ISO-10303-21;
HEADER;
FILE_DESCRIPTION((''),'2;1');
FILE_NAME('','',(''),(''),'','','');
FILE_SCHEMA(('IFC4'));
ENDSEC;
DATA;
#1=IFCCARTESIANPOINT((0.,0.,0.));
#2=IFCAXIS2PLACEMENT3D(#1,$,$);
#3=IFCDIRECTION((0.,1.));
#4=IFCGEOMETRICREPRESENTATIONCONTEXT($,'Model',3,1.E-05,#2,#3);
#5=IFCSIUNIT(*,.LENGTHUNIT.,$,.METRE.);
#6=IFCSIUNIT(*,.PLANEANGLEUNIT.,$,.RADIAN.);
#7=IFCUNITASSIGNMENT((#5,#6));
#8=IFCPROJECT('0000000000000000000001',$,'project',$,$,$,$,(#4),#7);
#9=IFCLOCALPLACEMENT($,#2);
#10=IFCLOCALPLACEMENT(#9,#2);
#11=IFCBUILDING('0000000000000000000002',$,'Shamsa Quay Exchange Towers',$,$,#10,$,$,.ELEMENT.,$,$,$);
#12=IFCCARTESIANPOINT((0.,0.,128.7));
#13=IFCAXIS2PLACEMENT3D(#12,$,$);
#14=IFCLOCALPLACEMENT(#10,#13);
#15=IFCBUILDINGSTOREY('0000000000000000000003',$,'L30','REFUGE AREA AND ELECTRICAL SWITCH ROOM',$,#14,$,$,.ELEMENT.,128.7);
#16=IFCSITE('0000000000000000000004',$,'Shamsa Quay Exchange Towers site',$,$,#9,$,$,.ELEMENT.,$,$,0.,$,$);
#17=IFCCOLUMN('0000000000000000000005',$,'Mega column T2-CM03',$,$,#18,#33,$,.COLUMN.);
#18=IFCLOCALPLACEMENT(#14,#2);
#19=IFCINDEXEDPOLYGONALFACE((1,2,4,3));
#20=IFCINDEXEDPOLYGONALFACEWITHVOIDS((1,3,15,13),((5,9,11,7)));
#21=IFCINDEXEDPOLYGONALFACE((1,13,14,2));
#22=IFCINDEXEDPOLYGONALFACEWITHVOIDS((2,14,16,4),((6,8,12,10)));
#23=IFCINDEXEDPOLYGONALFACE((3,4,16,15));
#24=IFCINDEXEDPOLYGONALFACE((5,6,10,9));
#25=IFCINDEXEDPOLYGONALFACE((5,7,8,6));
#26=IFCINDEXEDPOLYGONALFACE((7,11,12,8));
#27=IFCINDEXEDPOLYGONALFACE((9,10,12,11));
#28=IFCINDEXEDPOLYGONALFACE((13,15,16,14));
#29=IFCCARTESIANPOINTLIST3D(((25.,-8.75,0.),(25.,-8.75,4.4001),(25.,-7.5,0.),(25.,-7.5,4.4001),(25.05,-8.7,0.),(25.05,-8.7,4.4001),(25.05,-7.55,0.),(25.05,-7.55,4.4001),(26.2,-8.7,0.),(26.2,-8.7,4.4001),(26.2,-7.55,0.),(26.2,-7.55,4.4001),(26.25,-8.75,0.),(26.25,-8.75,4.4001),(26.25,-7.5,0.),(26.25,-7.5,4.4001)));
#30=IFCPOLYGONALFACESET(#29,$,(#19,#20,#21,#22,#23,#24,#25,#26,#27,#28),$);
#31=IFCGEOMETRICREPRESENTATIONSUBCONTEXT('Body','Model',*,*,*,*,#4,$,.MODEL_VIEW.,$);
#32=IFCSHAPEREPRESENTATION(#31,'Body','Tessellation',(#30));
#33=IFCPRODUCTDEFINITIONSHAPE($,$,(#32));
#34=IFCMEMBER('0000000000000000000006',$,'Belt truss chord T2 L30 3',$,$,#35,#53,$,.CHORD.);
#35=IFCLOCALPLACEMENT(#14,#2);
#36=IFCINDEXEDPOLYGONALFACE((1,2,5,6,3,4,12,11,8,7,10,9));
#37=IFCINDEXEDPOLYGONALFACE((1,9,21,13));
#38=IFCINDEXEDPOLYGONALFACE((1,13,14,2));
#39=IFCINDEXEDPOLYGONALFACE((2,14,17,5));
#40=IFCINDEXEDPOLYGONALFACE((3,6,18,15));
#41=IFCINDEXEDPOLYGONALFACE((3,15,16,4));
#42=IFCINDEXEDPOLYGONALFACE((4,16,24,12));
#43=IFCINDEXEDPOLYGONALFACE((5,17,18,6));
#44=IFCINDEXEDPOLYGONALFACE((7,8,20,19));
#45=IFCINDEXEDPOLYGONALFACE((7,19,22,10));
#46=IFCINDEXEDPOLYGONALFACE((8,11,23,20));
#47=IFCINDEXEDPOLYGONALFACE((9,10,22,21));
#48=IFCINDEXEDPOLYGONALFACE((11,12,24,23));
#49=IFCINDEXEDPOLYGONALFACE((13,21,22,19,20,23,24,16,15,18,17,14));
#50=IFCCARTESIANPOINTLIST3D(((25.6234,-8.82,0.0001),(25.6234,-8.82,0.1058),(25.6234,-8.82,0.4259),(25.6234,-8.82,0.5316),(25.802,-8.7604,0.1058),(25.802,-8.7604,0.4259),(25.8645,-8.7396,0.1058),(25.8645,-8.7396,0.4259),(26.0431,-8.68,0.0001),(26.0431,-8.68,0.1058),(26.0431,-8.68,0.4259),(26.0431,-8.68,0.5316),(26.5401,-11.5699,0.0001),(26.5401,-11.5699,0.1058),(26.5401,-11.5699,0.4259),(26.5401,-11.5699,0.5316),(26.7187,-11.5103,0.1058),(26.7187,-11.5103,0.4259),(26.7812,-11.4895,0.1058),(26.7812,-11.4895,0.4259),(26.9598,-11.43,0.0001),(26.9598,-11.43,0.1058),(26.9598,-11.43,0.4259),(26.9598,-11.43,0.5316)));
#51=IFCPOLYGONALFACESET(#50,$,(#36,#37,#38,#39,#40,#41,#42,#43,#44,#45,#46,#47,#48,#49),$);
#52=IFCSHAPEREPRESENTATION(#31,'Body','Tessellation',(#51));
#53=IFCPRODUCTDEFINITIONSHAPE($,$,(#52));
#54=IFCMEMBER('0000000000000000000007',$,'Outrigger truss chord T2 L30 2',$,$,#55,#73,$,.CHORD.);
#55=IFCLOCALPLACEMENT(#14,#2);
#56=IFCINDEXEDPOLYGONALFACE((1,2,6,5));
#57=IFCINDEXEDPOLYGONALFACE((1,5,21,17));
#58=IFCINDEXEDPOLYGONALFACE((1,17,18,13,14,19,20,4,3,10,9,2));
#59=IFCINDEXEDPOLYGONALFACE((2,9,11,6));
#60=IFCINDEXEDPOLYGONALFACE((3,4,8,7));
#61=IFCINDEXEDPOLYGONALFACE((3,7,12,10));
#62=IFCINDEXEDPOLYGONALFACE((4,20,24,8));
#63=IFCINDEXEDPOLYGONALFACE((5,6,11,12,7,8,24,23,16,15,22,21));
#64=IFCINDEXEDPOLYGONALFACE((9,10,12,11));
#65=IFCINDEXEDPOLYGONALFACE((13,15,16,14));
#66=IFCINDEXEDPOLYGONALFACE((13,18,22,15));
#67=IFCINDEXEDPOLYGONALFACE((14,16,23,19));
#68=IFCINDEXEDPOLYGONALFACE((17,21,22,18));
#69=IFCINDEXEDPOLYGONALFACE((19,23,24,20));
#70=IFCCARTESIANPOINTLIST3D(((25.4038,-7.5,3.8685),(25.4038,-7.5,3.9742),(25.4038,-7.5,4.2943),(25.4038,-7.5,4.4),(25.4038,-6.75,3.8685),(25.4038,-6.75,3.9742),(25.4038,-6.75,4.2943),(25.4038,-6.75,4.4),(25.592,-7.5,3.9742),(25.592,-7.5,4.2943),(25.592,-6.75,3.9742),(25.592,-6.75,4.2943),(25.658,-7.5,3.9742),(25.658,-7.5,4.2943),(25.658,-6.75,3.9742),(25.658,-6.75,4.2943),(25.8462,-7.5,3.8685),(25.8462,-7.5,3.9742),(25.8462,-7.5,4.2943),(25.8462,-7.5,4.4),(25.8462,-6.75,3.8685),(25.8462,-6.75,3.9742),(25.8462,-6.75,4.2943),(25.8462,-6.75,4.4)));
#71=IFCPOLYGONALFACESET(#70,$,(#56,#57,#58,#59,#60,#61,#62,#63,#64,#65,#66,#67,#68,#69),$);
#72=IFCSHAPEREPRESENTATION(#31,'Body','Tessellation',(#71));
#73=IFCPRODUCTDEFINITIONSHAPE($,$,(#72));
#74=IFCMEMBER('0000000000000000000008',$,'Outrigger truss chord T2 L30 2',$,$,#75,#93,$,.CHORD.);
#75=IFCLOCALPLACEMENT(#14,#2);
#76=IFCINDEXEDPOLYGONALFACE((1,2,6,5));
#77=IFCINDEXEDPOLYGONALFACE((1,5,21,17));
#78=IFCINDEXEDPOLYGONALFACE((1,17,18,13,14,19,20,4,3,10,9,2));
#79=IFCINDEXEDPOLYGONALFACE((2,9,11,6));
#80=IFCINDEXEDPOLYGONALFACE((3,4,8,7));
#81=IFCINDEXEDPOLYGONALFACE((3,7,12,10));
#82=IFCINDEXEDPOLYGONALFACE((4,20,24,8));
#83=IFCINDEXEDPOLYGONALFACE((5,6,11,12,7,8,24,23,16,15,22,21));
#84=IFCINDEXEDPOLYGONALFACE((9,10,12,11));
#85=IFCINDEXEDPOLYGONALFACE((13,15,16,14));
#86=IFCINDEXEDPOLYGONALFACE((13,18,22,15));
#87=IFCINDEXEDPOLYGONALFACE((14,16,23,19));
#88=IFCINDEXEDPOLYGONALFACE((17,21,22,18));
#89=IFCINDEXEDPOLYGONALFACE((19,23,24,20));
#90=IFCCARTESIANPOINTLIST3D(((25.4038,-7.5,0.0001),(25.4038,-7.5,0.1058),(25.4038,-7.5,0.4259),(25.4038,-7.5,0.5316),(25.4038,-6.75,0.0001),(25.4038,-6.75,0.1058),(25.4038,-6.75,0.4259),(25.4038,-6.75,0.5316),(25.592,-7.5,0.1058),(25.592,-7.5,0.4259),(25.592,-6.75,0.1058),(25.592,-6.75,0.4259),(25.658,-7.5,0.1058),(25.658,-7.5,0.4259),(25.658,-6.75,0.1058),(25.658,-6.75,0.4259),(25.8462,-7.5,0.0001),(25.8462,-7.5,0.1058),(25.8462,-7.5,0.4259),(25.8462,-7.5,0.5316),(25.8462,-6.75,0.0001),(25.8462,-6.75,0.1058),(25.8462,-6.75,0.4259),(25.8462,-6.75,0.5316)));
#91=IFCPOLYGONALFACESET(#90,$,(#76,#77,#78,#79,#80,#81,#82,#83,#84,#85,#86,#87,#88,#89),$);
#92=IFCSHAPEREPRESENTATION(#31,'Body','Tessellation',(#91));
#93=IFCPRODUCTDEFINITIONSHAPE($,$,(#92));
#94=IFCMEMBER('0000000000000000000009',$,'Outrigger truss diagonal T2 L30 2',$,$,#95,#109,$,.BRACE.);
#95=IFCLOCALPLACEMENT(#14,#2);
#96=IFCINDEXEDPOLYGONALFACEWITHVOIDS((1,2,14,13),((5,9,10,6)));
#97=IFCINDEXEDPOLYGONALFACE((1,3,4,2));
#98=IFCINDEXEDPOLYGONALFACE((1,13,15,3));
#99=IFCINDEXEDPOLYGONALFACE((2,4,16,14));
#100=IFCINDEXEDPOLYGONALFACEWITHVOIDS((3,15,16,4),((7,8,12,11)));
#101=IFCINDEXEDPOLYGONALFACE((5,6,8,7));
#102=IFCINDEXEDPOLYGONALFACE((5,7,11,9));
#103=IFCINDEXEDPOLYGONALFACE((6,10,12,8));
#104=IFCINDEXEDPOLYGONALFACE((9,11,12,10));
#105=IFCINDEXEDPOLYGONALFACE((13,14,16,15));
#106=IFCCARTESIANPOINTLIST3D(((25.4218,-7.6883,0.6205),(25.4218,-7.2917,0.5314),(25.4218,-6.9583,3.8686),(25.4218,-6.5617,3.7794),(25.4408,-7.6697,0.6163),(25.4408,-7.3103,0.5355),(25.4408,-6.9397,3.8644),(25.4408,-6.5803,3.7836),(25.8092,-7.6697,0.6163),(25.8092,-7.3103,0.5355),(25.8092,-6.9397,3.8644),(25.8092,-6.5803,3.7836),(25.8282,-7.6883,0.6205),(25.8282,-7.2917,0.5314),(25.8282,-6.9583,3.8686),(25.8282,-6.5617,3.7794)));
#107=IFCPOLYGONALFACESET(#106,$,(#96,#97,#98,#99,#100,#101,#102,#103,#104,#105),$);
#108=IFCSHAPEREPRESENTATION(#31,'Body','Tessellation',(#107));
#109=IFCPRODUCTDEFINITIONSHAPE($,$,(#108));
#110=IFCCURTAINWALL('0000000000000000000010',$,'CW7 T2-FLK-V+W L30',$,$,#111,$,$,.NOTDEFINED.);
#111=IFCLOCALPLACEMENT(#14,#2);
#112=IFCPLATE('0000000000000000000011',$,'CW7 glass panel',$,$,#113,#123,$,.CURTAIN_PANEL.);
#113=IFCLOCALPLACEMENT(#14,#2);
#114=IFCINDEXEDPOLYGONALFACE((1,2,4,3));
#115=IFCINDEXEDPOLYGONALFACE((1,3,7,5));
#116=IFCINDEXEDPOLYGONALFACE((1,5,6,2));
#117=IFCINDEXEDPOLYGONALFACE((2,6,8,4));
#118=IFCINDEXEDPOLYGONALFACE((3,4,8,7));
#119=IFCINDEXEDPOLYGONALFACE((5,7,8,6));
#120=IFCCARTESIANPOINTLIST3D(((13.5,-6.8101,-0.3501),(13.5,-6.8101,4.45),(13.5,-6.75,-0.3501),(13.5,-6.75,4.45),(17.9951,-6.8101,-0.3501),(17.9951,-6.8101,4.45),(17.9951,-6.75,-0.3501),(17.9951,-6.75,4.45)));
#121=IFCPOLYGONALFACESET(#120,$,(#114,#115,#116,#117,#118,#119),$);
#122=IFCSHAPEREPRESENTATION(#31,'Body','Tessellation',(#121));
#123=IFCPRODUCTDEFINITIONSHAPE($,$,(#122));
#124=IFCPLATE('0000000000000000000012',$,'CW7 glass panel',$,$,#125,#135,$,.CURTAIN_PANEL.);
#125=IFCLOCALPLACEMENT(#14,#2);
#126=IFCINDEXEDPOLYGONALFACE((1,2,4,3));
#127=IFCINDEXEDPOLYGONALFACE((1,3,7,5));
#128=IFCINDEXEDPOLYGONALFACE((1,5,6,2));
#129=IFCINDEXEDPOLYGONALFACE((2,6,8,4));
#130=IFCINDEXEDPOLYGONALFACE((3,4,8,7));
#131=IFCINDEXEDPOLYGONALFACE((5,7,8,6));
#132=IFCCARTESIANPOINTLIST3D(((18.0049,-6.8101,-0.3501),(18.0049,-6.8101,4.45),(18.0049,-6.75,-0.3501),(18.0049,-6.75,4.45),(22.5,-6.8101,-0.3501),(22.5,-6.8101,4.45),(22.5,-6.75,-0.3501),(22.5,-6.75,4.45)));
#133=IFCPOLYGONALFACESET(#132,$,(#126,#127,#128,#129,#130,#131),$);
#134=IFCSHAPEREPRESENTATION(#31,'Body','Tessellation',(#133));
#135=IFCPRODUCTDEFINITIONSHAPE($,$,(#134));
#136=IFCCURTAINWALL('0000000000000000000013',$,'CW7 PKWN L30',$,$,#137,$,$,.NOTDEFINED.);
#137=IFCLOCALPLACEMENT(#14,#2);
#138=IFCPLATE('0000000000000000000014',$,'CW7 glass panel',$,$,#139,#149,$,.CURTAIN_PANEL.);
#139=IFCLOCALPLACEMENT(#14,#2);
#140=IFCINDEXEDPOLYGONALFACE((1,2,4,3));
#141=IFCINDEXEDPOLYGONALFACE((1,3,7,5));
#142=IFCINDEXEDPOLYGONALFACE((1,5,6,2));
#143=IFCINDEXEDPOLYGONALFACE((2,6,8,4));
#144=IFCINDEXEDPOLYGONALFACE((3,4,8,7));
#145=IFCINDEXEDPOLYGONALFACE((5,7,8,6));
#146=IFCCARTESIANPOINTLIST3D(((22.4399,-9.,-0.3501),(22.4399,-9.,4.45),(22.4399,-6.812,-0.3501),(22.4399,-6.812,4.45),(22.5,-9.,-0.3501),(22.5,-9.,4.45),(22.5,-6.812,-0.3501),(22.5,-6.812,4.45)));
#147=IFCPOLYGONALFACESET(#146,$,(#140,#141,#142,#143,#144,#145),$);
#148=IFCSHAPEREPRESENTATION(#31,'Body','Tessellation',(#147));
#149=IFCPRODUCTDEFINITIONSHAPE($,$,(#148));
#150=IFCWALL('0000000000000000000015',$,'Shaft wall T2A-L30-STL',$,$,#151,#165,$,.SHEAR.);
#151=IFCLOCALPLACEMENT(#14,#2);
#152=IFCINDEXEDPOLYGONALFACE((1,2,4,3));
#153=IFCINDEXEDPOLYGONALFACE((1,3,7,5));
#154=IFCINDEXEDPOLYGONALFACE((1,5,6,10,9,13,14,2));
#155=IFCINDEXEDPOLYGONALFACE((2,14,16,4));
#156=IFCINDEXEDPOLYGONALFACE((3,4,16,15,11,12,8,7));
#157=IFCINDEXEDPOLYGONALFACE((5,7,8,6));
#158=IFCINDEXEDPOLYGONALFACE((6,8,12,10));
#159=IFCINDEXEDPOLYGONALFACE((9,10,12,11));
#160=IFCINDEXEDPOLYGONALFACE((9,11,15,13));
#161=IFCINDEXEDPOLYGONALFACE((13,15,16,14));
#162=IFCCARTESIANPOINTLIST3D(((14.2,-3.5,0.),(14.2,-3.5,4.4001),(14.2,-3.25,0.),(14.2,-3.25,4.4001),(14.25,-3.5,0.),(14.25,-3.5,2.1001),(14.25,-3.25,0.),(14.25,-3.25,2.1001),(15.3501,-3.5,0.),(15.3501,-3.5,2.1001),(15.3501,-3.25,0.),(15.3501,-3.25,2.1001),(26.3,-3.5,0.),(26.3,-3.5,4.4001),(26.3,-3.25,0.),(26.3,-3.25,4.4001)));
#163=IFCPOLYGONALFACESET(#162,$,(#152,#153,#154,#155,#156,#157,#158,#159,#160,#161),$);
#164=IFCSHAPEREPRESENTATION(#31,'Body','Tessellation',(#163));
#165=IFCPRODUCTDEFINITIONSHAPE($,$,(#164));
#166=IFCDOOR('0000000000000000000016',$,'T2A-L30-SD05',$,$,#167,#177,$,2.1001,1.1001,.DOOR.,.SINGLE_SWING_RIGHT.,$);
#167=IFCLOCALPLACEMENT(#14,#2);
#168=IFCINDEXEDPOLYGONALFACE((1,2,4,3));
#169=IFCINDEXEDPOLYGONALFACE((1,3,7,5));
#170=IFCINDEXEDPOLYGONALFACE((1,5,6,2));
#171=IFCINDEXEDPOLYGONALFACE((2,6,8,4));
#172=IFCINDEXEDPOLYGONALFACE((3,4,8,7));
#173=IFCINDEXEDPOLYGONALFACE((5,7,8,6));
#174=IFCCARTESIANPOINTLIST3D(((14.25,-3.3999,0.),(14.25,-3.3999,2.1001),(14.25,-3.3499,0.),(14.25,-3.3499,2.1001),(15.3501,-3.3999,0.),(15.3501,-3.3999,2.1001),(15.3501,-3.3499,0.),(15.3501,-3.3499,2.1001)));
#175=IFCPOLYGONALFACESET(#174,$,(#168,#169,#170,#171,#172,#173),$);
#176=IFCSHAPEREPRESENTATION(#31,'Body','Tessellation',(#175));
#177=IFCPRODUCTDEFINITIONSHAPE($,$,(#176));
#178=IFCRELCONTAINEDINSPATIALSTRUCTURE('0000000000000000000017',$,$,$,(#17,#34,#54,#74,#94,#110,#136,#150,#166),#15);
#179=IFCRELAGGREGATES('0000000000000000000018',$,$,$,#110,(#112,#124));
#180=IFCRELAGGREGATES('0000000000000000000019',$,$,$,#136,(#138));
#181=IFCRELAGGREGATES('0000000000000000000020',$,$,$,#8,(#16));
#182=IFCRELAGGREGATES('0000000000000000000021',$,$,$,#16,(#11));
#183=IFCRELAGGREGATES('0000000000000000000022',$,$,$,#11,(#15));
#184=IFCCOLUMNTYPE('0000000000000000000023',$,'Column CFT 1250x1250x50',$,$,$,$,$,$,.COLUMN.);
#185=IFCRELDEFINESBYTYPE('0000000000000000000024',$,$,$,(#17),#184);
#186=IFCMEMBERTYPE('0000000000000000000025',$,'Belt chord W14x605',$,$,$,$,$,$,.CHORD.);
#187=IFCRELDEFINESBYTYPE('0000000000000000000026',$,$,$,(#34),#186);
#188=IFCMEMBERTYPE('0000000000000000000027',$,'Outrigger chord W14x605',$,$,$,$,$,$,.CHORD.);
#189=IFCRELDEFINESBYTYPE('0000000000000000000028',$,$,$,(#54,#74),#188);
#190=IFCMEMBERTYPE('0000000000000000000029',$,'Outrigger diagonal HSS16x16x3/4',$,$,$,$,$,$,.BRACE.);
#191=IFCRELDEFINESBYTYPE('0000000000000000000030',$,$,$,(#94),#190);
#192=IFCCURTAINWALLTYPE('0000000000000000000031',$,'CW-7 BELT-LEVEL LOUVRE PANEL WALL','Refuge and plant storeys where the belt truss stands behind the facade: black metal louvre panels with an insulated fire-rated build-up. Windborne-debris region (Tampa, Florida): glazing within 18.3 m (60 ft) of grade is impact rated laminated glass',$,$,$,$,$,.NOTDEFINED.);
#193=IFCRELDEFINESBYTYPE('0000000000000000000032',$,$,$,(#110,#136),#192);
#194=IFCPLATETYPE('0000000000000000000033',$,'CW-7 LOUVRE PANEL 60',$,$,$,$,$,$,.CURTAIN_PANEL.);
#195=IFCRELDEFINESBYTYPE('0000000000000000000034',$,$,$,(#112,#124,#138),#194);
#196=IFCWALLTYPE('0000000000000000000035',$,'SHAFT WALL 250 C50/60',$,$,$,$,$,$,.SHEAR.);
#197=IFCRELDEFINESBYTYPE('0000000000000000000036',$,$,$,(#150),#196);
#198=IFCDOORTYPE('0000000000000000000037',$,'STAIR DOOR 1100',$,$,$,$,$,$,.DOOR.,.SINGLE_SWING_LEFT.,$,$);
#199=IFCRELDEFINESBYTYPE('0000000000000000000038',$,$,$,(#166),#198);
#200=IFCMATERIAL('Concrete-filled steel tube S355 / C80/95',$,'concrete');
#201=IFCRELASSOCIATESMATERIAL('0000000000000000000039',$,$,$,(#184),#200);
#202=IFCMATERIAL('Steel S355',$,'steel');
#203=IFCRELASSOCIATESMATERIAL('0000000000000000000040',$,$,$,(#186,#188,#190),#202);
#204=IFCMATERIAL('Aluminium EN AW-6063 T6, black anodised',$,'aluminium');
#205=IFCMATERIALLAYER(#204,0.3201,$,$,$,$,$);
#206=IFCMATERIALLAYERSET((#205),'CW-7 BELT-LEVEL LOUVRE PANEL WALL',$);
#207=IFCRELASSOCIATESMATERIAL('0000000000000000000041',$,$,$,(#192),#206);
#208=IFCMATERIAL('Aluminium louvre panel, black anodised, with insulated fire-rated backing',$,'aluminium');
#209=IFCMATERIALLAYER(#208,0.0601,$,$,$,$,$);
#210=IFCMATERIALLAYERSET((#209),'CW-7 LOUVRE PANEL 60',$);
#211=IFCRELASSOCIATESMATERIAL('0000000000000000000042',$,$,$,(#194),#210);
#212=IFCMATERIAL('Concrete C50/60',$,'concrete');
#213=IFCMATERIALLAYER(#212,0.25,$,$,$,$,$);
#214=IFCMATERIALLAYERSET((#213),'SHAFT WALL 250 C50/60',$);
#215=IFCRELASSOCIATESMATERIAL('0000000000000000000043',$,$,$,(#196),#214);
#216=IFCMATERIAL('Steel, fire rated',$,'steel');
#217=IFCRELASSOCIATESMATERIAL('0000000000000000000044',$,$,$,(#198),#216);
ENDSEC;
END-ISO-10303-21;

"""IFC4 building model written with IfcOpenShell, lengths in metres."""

from ifc_helpers import new_model, si_unit, direction, frame, frame_2d, origin, origin_2d, place, context, subcontext, project, spatial, rectangle, hollow_rectangle, i_section, extrude, material, layer, layer_set, material_profile, profile_set, type_object, element, fill, aggregate, save


model = new_model("IFC4")

# Units and contexts
model_context = context("Model", 3, precision=1e-05, world=origin(), true_north=direction((0.0, 1.0)))
body_context = subcontext(model_context, "Body", "Model", "MODEL_VIEW")
ifc_project = project(units=[si_unit("LENGTHUNIT", "METRE"), si_unit("PLANEANGLEUNIT", "RADIAN")], contexts=[model_context])

# Site, building, storey
site_placement = place(None, origin())
site = spatial("IfcSite", under=ifc_project, at=site_placement, Name="Shamsa Quay Exchange Towers site", CompositionType="ELEMENT", RefElevation=0.0)
building_placement = place(site_placement, origin())
building = spatial("IfcBuilding", under=site, at=building_placement, Name="Shamsa Quay Exchange Towers", CompositionType="ELEMENT")
storey_placement = place(building_placement, frame((0.0, 0.0, 128.7)))
storey = spatial("IfcBuildingStorey", under=building, at=storey_placement, Name="L30", Description="REFUGE AREA AND ELECTRICAL SWITCH ROOM", CompositionType="ELEMENT", Elevation=128.7)

# Column
ifc_material_1 = material(Name="Concrete-filled steel tube S355 / C80/95", Category="concrete")
ifc_material_profile_1 = material_profile(ifc_material_1, hollow_rectangle(XDim=1.25, YDim=1.25, WallThickness=0.05, at=origin_2d()), Name="CFT 1250x1250x50")
ifc_profile_set_1 = profile_set([ifc_material_profile_1], Name="Concrete-filled steel tube S355 / C80/95")
column_type = type_object("IfcColumnType", Name="Column CFT 1250x1250x50", PredefinedType="COLUMN", material=ifc_profile_set_1)
column_placement = place(storey_placement, frame((25.625, -8.125, 0.0)))
element("IfcColumn", 1, at=column_placement, inside=storey, type_object=column_type, Name="Mega column T2-CM03", PredefinedType="COLUMN", context=body_context, shape_type="SweptSolid", body=[
    extrude(hollow_rectangle(XDim=1.25, YDim=1.25, WallThickness=0.05, at=origin_2d()), origin(), (0.0, 0.0, 1.0), 4.4001),
])

# Members
ifc_material_2 = material(Name="Steel S355", Category="steel")
ifc_material_profile_2 = material_profile(ifc_material_2, i_section(OverallWidth=0.4424, OverallDepth=0.5315, WebThickness=0.0659, FlangeThickness=0.1057, at=origin_2d()), Name="W14x605")
ifc_profile_set_2 = profile_set([ifc_material_profile_2], Name="Steel S355")
member_type_1 = type_object("IfcMemberType", Name="Belt chord W14x605", PredefinedType="CHORD", material=ifc_profile_set_2)
member_1_placement = place(storey_placement, frame((25.8333, -8.75, 0.2659), z_axis=(0.316253, -0.948675, 0.0), x_axis=(0.948675, 0.316253, 0.0)))
element("IfcMember", 2, at=member_1_placement, inside=storey, type_object=member_type_1, Name="Belt truss chord T2 L30 3", PredefinedType="CHORD", context=body_context, shape_type="SweptSolid", body=[
    extrude(i_section(OverallWidth=0.4424, OverallDepth=0.5315, WebThickness=0.0659, FlangeThickness=0.1057, at=origin_2d()), origin(), (0.0, 0.0, 1.0), 2.8987),
])
ifc_material_profile_3 = material_profile(ifc_material_2, i_section(OverallWidth=0.4424, OverallDepth=0.5315, WebThickness=0.0659, FlangeThickness=0.1057, at=origin_2d()), Name="W14x605")
ifc_profile_set_3 = profile_set([ifc_material_profile_3], Name="Steel S355")
member_type_2 = type_object("IfcMemberType", Name="Outrigger chord W14x605", PredefinedType="CHORD", material=ifc_profile_set_3)
for number, where, z_axis, x_axis, name in (
    (3, (25.625, -7.5, 4.1343), (0.0, 1.0, 0.0), (-1.0, 0.0, 0.0), "Outrigger truss chord T2 L30 2"),
    (4, (25.625, -7.5, 0.2659), (0.0, 1.0, 0.0), (-1.0, 0.0, 0.0), "Outrigger truss chord T2 L30 2"),
):
    element("IfcMember", number, at=place(storey_placement, frame(where, z_axis=z_axis, x_axis=x_axis)), inside=storey, type_object=member_type_2, Name=name, PredefinedType="CHORD", context=body_context, shape_type="SweptSolid", body=[
        extrude(i_section(OverallWidth=0.4424, OverallDepth=0.5315, WebThickness=0.0659, FlangeThickness=0.1057, at=origin_2d()), origin(), (0.0, 0.0, 1.0), 0.75),
    ])
ifc_material_profile_4 = material_profile(ifc_material_2, hollow_rectangle(XDim=0.4065, YDim=0.4065, WallThickness=0.019, at=origin_2d()), Name="HSS16x16x3/4")
ifc_profile_set_4 = profile_set([ifc_material_profile_4], Name="Steel S355")
member_type_3 = type_object("IfcMemberType", Name="Outrigger diagonal HSS16x16x3/4", PredefinedType="BRACE", material=ifc_profile_set_4)
member_2_placement = place(storey_placement, frame((25.625, -7.49, 0.5759), z_axis=(0.0, 0.219275, 0.975663), x_axis=(-1.0, 0.0, 0.0)))
element("IfcMember", 5, at=member_2_placement, inside=storey, type_object=member_type_3, Name="Outrigger truss diagonal T2 L30 2", PredefinedType="BRACE", context=body_context, shape_type="SweptSolid", body=[
    extrude(hollow_rectangle(XDim=0.4065, YDim=0.4065, WallThickness=0.019, at=origin_2d()), origin(), (0.0, 0.0, 1.0), 3.3291),
])

# Curtain wall, plates
ifc_material_3 = material(Name="Aluminium EN AW-6063 T6, black anodised", Category="aluminium")
ifc_layer_1 = layer(ifc_material_3, 0.3201)
ifc_layer_set_1 = layer_set([ifc_layer_1], Name="CW-7 BELT-LEVEL LOUVRE PANEL WALL")
curtain_wall_type = type_object("IfcCurtainWallType", Name="CW-7 BELT-LEVEL LOUVRE PANEL WALL", Description="Refuge and plant storeys where the belt truss stands behind the facade: black metal louvre panels with an insulated fire-rated build-up. Windborne-debris region (Tampa, Florida): glazing within 18.3 m (60 ft) of grade is impact rated laminated glass", PredefinedType="NOTDEFINED", material=ifc_layer_set_1)
curtain_wall_1_placement = place(storey_placement, origin())
curtain_wall_1 = element("IfcCurtainWall", 6, at=curtain_wall_1_placement, inside=storey, type_object=curtain_wall_type, Name="CW7 T2-FLK-V+W L30", PredefinedType="NOTDEFINED")
ifc_material_4 = material(Name="Aluminium louvre panel, black anodised, with insulated fire-rated backing", Category="aluminium")
ifc_layer_2 = layer(ifc_material_4, 0.0601)
ifc_layer_set_2 = layer_set([ifc_layer_2], Name="CW-7 LOUVRE PANEL 60")
plate_type = type_object("IfcPlateType", Name="CW-7 LOUVRE PANEL 60", PredefinedType="CURTAIN_PANEL", material=ifc_layer_set_2)
plate_1_placement = place(storey_placement, frame((15.7476, -6.78, -0.3501)))
plate_1 = element("IfcPlate", 7, at=plate_1_placement, type_object=plate_type, Name="CW7 glass panel", PredefinedType="CURTAIN_PANEL", context=body_context, shape_type="SweptSolid", body=[
    extrude(rectangle(XDim=4.4951, YDim=0.0601, at=origin_2d()), origin(), (0.0, 0.0, 1.0), 4.8),
])
plate_2_placement = place(storey_placement, frame((20.2524, -6.78, -0.3501)))
plate_2 = element("IfcPlate", 8, at=plate_2_placement, type_object=plate_type, Name="CW7 glass panel", PredefinedType="CURTAIN_PANEL", context=body_context, shape_type="SweptSolid", body=[
    extrude(rectangle(XDim=4.4951, YDim=0.0601, at=origin_2d()), origin(), (0.0, 0.0, 1.0), 4.8),
])
aggregate(curtain_wall_1, [plate_1, plate_2])

# Curtain wall, plate
curtain_wall_2_placement = place(storey_placement, origin())
curtain_wall_2 = element("IfcCurtainWall", 9, at=curtain_wall_2_placement, inside=storey, type_object=curtain_wall_type, Name="CW7 PKWN L30", PredefinedType="NOTDEFINED")
plate_3_placement = place(storey_placement, frame((22.47, -7.906, -0.3501), z_axis=(0.0, 0.0, 1.0), x_axis=(0.0, -1.0, 0.0)))
plate_3 = element("IfcPlate", 10, at=plate_3_placement, type_object=plate_type, Name="CW7 glass panel", PredefinedType="CURTAIN_PANEL", context=body_context, shape_type="SweptSolid", body=[
    extrude(rectangle(XDim=2.188, YDim=0.0601, at=origin_2d()), origin(), (0.0, 0.0, 1.0), 4.8),
])
aggregate(curtain_wall_2, [plate_3])

# Wall, opening, door
ifc_material_5 = material(Name="Concrete C50/60", Category="concrete")
ifc_layer_3 = layer(ifc_material_5, 0.25)
ifc_layer_set_3 = layer_set([ifc_layer_3], Name="SHAFT WALL 250 C50/60")
wall_type = type_object("IfcWallType", Name="SHAFT WALL 250 C50/60", PredefinedType="SHEAR", material=ifc_layer_set_3)
wall_1_placement = place(storey_placement, frame((26.3, -3.375, 0.0), z_axis=(0.0, 0.0, 1.0), x_axis=(-1.0, 0.0, 0.0)))
wall_1 = element("IfcWall", 11, at=wall_1_placement, inside=storey, type_object=wall_type, Name="Shaft wall T2A-L30-STL", PredefinedType="SHEAR", context=body_context, shape_type="SweptSolid", body=[
    extrude(rectangle(XDim=12.1001, YDim=0.25, at=frame_2d((6.05, 0.0))), origin(), (0.0, 0.0, 1.0), 4.4001),
])
opening_1_placement = place(wall_1_placement, frame((10.95, 0.0, 0.0)))
opening_1 = element("IfcOpeningElement", 12, at=opening_1_placement, cuts=wall_1, PredefinedType="OPENING", context=body_context, shape_type="SweptSolid", body=[
    extrude(rectangle(XDim=1.1001, YDim=2.1001, at=frame_2d((0.55, 1.05))), frame((0.0, 0.135, 0.0), z_axis=(0.0, -1.0, 0.0), x_axis=(1.0, 0.0, 0.0)), (0.0, 0.0, 1.0), 0.27),
])
ifc_material_6 = material(Name="Steel, fire rated", Category="steel")
door_type_1 = type_object("IfcDoorType", Name="STAIR DOOR 1100", OperationType="SINGLE_SWING_LEFT", PredefinedType="DOOR", material=ifc_material_6)
door_1_placement = place(opening_1_placement, origin())
door_1 = element("IfcDoor", 13, at=door_1_placement, inside=storey, type_object=door_type_1, Name="T2A-L30-SD05", OperationType="SINGLE_SWING_RIGHT", OverallHeight=2.1001, OverallWidth=1.1001, PredefinedType="DOOR", context=body_context, shape_type="SweptSolid", body=[
    extrude(rectangle(XDim=1.1001, YDim=2.1001, at=frame_2d((0.55, 1.05))), frame((0.0, 0.0249, 0.0), z_axis=(0.0, -1.0, 0.0), x_axis=(1.0, 0.0, 0.0)), (0.0, 0.0, 1.0), 0.05),
])
fill(opening_1, door_1)

save(model, "model.ifc")
